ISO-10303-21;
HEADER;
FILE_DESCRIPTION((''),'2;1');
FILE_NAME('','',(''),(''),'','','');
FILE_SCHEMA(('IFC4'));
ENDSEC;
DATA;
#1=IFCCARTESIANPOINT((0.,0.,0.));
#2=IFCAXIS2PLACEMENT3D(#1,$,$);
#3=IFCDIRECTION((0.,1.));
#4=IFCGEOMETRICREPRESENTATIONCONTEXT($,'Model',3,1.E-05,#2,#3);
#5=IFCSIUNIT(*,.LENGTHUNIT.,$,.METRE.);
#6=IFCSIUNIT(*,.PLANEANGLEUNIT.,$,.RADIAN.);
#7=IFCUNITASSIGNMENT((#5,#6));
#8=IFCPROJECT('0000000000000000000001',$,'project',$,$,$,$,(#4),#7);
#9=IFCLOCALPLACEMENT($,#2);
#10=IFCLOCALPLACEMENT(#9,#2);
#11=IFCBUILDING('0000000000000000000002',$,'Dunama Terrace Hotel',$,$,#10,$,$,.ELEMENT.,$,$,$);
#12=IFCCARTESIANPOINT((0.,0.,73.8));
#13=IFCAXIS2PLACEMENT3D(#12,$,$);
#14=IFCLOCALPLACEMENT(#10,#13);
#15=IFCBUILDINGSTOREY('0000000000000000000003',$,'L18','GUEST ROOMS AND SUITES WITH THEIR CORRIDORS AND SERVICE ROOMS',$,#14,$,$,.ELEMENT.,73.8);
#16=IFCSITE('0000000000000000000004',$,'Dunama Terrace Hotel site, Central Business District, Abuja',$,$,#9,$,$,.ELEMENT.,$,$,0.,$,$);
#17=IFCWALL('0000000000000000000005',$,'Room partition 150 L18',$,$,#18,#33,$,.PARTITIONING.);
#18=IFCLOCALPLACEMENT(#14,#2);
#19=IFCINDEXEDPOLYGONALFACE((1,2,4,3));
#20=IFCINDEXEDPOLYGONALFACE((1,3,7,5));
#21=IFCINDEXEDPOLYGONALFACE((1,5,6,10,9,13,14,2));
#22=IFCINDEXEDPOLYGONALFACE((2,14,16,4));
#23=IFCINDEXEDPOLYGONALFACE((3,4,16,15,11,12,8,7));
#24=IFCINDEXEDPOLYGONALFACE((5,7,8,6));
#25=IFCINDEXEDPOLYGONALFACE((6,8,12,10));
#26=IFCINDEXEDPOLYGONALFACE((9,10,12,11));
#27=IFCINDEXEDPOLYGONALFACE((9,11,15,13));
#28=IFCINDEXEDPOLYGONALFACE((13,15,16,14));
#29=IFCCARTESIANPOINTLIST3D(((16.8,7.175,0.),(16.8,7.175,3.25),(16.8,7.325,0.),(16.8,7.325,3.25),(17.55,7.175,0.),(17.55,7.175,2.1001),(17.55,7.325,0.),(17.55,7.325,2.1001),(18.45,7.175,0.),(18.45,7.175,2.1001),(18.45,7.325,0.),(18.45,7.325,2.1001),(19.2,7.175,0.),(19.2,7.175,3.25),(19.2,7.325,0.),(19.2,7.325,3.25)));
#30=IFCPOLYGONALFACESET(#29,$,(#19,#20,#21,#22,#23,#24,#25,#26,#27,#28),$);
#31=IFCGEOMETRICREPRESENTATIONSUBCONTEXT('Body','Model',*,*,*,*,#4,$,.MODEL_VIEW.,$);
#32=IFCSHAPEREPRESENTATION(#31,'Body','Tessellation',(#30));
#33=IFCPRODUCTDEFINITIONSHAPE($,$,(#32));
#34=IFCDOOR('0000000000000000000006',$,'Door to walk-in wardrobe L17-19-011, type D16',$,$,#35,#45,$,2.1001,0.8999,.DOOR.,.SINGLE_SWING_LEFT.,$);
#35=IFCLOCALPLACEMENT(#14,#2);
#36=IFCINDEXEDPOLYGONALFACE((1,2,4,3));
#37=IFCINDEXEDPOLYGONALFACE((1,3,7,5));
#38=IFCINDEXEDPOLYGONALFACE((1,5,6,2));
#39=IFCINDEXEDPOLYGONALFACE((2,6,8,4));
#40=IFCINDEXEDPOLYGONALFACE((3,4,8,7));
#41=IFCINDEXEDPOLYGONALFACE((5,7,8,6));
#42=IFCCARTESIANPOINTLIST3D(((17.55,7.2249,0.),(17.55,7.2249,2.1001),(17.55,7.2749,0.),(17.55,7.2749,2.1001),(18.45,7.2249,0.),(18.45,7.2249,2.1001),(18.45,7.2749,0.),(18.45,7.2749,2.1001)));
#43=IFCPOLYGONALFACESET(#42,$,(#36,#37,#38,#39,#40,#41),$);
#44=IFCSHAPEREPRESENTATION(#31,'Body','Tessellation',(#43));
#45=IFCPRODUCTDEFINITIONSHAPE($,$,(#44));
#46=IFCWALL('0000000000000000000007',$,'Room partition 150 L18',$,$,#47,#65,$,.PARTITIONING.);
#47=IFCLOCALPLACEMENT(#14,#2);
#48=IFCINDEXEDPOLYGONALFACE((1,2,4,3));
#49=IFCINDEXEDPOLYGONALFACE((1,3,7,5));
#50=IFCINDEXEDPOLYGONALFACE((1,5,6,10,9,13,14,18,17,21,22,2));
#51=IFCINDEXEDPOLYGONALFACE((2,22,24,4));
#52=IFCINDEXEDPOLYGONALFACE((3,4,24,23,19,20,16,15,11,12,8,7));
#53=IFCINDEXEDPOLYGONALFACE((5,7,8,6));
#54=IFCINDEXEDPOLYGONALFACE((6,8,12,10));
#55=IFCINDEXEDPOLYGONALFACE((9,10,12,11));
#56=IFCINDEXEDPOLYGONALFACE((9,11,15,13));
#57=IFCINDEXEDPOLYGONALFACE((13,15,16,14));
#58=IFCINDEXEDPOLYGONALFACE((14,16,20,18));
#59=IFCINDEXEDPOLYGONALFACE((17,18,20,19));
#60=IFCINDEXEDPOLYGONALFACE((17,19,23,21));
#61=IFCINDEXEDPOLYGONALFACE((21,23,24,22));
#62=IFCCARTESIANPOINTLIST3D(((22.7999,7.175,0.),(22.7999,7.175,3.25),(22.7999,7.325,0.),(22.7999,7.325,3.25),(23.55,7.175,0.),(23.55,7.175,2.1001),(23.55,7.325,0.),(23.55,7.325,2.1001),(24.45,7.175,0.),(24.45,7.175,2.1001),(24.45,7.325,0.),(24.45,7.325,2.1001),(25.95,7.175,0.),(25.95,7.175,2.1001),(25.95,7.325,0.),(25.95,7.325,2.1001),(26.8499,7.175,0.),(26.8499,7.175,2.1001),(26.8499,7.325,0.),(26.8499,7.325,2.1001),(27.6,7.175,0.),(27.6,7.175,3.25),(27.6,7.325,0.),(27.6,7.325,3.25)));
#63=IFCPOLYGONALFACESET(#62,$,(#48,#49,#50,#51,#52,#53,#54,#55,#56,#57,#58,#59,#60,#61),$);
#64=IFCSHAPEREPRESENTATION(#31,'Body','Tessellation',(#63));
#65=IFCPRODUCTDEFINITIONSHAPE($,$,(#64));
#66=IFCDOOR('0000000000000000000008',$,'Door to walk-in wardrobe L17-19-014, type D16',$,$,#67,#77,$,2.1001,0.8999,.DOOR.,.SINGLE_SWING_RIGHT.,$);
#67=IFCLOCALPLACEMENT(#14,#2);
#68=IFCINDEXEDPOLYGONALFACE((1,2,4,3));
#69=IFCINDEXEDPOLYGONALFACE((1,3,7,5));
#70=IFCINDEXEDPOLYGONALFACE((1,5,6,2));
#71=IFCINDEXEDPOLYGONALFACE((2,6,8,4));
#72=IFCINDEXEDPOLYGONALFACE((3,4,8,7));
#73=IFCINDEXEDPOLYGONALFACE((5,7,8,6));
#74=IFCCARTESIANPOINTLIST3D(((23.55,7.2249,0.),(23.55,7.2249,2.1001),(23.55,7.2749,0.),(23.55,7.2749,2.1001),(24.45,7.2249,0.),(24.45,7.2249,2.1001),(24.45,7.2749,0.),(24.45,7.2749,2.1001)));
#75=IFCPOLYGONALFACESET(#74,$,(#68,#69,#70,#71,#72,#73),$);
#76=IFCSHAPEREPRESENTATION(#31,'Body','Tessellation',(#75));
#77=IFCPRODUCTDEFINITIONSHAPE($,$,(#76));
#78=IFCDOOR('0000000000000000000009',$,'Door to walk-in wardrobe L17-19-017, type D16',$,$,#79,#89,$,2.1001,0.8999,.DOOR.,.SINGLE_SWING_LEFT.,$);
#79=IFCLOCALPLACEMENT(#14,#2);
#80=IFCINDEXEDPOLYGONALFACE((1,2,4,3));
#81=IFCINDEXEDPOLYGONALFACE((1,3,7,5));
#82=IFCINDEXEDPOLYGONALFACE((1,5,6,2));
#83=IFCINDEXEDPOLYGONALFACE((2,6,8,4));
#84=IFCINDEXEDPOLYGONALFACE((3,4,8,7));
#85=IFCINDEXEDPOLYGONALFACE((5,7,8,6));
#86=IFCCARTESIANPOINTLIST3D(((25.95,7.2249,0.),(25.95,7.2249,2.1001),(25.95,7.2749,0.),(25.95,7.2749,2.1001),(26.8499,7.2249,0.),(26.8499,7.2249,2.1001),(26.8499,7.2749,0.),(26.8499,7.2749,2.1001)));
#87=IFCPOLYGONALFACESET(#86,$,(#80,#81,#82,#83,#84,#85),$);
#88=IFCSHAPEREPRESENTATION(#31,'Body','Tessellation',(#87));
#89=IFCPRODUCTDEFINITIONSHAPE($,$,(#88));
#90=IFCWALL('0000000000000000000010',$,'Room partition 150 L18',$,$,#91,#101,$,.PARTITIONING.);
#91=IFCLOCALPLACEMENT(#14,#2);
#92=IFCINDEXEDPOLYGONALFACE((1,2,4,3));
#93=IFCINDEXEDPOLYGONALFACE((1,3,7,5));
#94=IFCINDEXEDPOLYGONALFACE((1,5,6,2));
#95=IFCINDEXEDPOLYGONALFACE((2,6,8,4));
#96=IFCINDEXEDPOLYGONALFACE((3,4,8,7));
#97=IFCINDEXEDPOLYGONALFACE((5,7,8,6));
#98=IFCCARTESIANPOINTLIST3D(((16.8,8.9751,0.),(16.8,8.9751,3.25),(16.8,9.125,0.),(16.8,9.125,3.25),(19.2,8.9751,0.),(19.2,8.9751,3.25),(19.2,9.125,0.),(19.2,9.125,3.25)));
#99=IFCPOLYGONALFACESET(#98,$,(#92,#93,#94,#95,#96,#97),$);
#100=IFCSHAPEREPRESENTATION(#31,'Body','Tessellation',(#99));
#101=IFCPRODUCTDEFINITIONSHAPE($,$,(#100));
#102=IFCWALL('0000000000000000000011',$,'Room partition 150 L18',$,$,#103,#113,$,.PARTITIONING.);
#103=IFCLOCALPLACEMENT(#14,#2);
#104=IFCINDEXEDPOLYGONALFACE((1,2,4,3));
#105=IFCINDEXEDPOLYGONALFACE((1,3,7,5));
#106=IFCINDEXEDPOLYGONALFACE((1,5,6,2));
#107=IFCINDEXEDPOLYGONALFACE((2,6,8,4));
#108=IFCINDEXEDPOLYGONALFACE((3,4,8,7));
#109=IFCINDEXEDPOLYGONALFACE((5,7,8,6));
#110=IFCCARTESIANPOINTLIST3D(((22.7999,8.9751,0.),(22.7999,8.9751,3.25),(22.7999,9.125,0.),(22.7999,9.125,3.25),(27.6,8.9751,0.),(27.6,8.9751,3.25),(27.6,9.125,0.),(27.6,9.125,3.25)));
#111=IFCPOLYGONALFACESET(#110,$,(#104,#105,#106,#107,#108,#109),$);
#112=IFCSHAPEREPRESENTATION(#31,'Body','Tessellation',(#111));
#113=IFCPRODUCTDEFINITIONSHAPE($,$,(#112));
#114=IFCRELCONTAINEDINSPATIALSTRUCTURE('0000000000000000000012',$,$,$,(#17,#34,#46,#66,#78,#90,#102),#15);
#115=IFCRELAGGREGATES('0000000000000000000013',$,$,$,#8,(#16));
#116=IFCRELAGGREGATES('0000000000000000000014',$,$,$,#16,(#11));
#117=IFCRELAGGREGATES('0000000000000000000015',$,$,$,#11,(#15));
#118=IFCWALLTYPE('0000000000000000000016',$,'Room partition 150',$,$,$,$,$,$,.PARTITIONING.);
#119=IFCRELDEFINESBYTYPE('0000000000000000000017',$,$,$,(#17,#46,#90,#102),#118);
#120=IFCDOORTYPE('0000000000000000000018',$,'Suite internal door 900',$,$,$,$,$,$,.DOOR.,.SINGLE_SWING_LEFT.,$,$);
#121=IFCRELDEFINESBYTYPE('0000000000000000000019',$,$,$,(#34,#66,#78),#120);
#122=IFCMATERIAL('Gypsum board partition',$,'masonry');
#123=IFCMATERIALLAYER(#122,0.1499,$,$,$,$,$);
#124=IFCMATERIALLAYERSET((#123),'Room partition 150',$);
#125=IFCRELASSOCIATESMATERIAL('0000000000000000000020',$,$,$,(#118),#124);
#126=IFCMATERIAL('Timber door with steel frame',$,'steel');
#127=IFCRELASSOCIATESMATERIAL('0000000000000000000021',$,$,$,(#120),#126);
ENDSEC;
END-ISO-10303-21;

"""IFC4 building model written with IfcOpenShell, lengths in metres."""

from ifc_helpers import new_model, si_unit, direction, frame, frame_2d, origin, place, context, subcontext, project, spatial, rectangle, extrude, material, layer, layer_set, type_object, element, fill, save


model = new_model("IFC4")

# Units and contexts
model_context = context("Model", 3, precision=1e-05, world=origin(), true_north=direction((0.0, 1.0)))
body_context = subcontext(model_context, "Body", "Model", "MODEL_VIEW")
ifc_project = project(units=[si_unit("LENGTHUNIT", "METRE"), si_unit("PLANEANGLEUNIT", "RADIAN")], contexts=[model_context])

# Site, building, storey
site_placement = place(None, origin())
site = spatial("IfcSite", under=ifc_project, at=site_placement, Name="Dunama Terrace Hotel site, Central Business District, Abuja", CompositionType="ELEMENT", RefElevation=0.0)
building_placement = place(site_placement, origin())
building = spatial("IfcBuilding", under=site, at=building_placement, Name="Dunama Terrace Hotel", CompositionType="ELEMENT")
storey_placement = place(building_placement, frame((0.0, 0.0, 73.8)))
storey = spatial("IfcBuildingStorey", under=building, at=storey_placement, Name="L18", Description="GUEST ROOMS AND SUITES WITH THEIR CORRIDORS AND SERVICE ROOMS", CompositionType="ELEMENT", Elevation=73.8)

# Shared definitions
ifc_material_1 = material(Name="Gypsum board partition", Category="masonry")
ifc_layer_1 = layer(ifc_material_1, 0.1499)
ifc_layer_set_1 = layer_set([ifc_layer_1], Name="Room partition 150")
wall_type_1 = type_object("IfcWallType", Name="Room partition 150", PredefinedType="PARTITIONING", material=ifc_layer_set_1)

# Wall, opening, door
wall_1_placement = place(storey_placement, frame((16.8, 7.25, 0.0), z_axis=(0.0, 0.0, 1.0), x_axis=(1.0, 0.0, 0.0)))
wall_1 = element("IfcWall", 1, at=wall_1_placement, inside=storey, type_object=wall_type_1, Name="Room partition 150 L18", PredefinedType="PARTITIONING", context=body_context, shape_type="SweptSolid", body=[
    extrude(rectangle(XDim=2.3999, YDim=0.1499, at=frame_2d((1.2, 0.0))), origin(), (0.0, 0.0, 1.0), 3.25),
])
opening_1_placement = place(wall_1_placement, frame((0.75, 0.0, 0.0)))
opening_1 = element("IfcOpeningElement", 2, at=opening_1_placement, cuts=wall_1, PredefinedType="OPENING", context=body_context, shape_type="SweptSolid", body=[
    extrude(rectangle(XDim=0.8999, YDim=2.1001, at=frame_2d((0.45, 1.05))), frame((0.0, 0.085, 0.0), z_axis=(0.0, -1.0, 0.0), x_axis=(1.0, 0.0, 0.0)), (0.0, 0.0, 1.0), 0.1699),
])
ifc_material_2 = material(Name="Timber door with steel frame", Category="steel")
door_type_1 = type_object("IfcDoorType", Name="Suite internal door 900", OperationType="SINGLE_SWING_LEFT", PredefinedType="DOOR", material=ifc_material_2)
door_1_placement = place(opening_1_placement, origin())
door_1 = element("IfcDoor", 3, at=door_1_placement, inside=storey, type_object=door_type_1, Name="Door to walk-in wardrobe L17-19-011, type D16", OperationType="SINGLE_SWING_LEFT", OverallHeight=2.1001, OverallWidth=0.8999, PredefinedType="DOOR", context=body_context, shape_type="SweptSolid", body=[
    extrude(rectangle(XDim=0.8999, YDim=2.1001, at=frame_2d((0.45, 1.05))), frame((0.0, 0.0249, 0.0), z_axis=(0.0, -1.0, 0.0), x_axis=(1.0, 0.0, 0.0)), (0.0, 0.0, 1.0), 0.05),
])
fill(opening_1, door_1)

# Wall, openings, doors
wall_2_placement = place(storey_placement, frame((22.8, 7.25, 0.0), z_axis=(0.0, 0.0, 1.0), x_axis=(1.0, 0.0, 0.0)))
wall_2 = element("IfcWall", 4, at=wall_2_placement, inside=storey, type_object=wall_type_1, Name="Room partition 150 L18", PredefinedType="PARTITIONING", context=body_context, shape_type="SweptSolid", body=[
    extrude(rectangle(XDim=4.8, YDim=0.1499, at=frame_2d((2.3999, 0.0))), origin(), (0.0, 0.0, 1.0), 3.25),
])
opening_2_placement = place(wall_2_placement, frame((0.75, 0.0, 0.0)))
opening_2 = element("IfcOpeningElement", 5, at=opening_2_placement, cuts=wall_2, PredefinedType="OPENING", context=body_context, shape_type="SweptSolid", body=[
    extrude(rectangle(XDim=0.8999, YDim=2.1001, at=frame_2d((0.45, 1.05))), frame((0.0, 0.085, 0.0), z_axis=(0.0, -1.0, 0.0), x_axis=(1.0, 0.0, 0.0)), (0.0, 0.0, 1.0), 0.1699),
])
opening_3_placement = place(wall_2_placement, frame((3.1499, 0.0, 0.0)))
opening_3 = element("IfcOpeningElement", 6, at=opening_3_placement, cuts=wall_2, PredefinedType="OPENING", context=body_context, shape_type="SweptSolid", body=[
    extrude(rectangle(XDim=0.8999, YDim=2.1001, at=frame_2d((0.45, 1.05))), frame((0.0, 0.085, 0.0), z_axis=(0.0, -1.0, 0.0), x_axis=(1.0, 0.0, 0.0)), (0.0, 0.0, 1.0), 0.1699),
])
door_2_placement = place(opening_2_placement, origin())
door_2 = element("IfcDoor", 7, at=door_2_placement, inside=storey, type_object=door_type_1, Name="Door to walk-in wardrobe L17-19-014, type D16", OperationType="SINGLE_SWING_RIGHT", OverallHeight=2.1001, OverallWidth=0.8999, PredefinedType="DOOR", context=body_context, shape_type="SweptSolid", body=[
    extrude(rectangle(XDim=0.8999, YDim=2.1001, at=frame_2d((0.45, 1.05))), frame((0.0, 0.0249, 0.0), z_axis=(0.0, -1.0, 0.0), x_axis=(1.0, 0.0, 0.0)), (0.0, 0.0, 1.0), 0.05),
])
fill(opening_2, door_2)
door_3_placement = place(opening_3_placement, origin())
door_3 = element("IfcDoor", 8, at=door_3_placement, inside=storey, type_object=door_type_1, Name="Door to walk-in wardrobe L17-19-017, type D16", OperationType="SINGLE_SWING_LEFT", OverallHeight=2.1001, OverallWidth=0.8999, PredefinedType="DOOR", context=body_context, shape_type="SweptSolid", body=[
    extrude(rectangle(XDim=0.8999, YDim=2.1001, at=frame_2d((0.45, 1.05))), frame((0.0, 0.0249, 0.0), z_axis=(0.0, -1.0, 0.0), x_axis=(1.0, 0.0, 0.0)), (0.0, 0.0, 1.0), 0.05),
])
fill(opening_3, door_3)

# Walls
wall_3_placement = place(storey_placement, frame((16.8, 9.05, 0.0), z_axis=(0.0, 0.0, 1.0), x_axis=(1.0, 0.0, 0.0)))
element("IfcWall", 9, at=wall_3_placement, inside=storey, type_object=wall_type_1, Name="Room partition 150 L18", PredefinedType="PARTITIONING", context=body_context, shape_type="SweptSolid", body=[
    extrude(rectangle(XDim=2.3999, YDim=0.1499, at=frame_2d((1.2, 0.0))), origin(), (0.0, 0.0, 1.0), 3.25),
])
wall_4_placement = place(storey_placement, frame((22.8, 9.05, 0.0), z_axis=(0.0, 0.0, 1.0), x_axis=(1.0, 0.0, 0.0)))
element("IfcWall", 10, at=wall_4_placement, inside=storey, type_object=wall_type_1, Name="Room partition 150 L18", PredefinedType="PARTITIONING", context=body_context, shape_type="SweptSolid", body=[
    extrude(rectangle(XDim=4.8, YDim=0.1499, at=frame_2d((2.3999, 0.0))), origin(), (0.0, 0.0, 1.0), 3.25),
])

save(model, "model.ifc")
